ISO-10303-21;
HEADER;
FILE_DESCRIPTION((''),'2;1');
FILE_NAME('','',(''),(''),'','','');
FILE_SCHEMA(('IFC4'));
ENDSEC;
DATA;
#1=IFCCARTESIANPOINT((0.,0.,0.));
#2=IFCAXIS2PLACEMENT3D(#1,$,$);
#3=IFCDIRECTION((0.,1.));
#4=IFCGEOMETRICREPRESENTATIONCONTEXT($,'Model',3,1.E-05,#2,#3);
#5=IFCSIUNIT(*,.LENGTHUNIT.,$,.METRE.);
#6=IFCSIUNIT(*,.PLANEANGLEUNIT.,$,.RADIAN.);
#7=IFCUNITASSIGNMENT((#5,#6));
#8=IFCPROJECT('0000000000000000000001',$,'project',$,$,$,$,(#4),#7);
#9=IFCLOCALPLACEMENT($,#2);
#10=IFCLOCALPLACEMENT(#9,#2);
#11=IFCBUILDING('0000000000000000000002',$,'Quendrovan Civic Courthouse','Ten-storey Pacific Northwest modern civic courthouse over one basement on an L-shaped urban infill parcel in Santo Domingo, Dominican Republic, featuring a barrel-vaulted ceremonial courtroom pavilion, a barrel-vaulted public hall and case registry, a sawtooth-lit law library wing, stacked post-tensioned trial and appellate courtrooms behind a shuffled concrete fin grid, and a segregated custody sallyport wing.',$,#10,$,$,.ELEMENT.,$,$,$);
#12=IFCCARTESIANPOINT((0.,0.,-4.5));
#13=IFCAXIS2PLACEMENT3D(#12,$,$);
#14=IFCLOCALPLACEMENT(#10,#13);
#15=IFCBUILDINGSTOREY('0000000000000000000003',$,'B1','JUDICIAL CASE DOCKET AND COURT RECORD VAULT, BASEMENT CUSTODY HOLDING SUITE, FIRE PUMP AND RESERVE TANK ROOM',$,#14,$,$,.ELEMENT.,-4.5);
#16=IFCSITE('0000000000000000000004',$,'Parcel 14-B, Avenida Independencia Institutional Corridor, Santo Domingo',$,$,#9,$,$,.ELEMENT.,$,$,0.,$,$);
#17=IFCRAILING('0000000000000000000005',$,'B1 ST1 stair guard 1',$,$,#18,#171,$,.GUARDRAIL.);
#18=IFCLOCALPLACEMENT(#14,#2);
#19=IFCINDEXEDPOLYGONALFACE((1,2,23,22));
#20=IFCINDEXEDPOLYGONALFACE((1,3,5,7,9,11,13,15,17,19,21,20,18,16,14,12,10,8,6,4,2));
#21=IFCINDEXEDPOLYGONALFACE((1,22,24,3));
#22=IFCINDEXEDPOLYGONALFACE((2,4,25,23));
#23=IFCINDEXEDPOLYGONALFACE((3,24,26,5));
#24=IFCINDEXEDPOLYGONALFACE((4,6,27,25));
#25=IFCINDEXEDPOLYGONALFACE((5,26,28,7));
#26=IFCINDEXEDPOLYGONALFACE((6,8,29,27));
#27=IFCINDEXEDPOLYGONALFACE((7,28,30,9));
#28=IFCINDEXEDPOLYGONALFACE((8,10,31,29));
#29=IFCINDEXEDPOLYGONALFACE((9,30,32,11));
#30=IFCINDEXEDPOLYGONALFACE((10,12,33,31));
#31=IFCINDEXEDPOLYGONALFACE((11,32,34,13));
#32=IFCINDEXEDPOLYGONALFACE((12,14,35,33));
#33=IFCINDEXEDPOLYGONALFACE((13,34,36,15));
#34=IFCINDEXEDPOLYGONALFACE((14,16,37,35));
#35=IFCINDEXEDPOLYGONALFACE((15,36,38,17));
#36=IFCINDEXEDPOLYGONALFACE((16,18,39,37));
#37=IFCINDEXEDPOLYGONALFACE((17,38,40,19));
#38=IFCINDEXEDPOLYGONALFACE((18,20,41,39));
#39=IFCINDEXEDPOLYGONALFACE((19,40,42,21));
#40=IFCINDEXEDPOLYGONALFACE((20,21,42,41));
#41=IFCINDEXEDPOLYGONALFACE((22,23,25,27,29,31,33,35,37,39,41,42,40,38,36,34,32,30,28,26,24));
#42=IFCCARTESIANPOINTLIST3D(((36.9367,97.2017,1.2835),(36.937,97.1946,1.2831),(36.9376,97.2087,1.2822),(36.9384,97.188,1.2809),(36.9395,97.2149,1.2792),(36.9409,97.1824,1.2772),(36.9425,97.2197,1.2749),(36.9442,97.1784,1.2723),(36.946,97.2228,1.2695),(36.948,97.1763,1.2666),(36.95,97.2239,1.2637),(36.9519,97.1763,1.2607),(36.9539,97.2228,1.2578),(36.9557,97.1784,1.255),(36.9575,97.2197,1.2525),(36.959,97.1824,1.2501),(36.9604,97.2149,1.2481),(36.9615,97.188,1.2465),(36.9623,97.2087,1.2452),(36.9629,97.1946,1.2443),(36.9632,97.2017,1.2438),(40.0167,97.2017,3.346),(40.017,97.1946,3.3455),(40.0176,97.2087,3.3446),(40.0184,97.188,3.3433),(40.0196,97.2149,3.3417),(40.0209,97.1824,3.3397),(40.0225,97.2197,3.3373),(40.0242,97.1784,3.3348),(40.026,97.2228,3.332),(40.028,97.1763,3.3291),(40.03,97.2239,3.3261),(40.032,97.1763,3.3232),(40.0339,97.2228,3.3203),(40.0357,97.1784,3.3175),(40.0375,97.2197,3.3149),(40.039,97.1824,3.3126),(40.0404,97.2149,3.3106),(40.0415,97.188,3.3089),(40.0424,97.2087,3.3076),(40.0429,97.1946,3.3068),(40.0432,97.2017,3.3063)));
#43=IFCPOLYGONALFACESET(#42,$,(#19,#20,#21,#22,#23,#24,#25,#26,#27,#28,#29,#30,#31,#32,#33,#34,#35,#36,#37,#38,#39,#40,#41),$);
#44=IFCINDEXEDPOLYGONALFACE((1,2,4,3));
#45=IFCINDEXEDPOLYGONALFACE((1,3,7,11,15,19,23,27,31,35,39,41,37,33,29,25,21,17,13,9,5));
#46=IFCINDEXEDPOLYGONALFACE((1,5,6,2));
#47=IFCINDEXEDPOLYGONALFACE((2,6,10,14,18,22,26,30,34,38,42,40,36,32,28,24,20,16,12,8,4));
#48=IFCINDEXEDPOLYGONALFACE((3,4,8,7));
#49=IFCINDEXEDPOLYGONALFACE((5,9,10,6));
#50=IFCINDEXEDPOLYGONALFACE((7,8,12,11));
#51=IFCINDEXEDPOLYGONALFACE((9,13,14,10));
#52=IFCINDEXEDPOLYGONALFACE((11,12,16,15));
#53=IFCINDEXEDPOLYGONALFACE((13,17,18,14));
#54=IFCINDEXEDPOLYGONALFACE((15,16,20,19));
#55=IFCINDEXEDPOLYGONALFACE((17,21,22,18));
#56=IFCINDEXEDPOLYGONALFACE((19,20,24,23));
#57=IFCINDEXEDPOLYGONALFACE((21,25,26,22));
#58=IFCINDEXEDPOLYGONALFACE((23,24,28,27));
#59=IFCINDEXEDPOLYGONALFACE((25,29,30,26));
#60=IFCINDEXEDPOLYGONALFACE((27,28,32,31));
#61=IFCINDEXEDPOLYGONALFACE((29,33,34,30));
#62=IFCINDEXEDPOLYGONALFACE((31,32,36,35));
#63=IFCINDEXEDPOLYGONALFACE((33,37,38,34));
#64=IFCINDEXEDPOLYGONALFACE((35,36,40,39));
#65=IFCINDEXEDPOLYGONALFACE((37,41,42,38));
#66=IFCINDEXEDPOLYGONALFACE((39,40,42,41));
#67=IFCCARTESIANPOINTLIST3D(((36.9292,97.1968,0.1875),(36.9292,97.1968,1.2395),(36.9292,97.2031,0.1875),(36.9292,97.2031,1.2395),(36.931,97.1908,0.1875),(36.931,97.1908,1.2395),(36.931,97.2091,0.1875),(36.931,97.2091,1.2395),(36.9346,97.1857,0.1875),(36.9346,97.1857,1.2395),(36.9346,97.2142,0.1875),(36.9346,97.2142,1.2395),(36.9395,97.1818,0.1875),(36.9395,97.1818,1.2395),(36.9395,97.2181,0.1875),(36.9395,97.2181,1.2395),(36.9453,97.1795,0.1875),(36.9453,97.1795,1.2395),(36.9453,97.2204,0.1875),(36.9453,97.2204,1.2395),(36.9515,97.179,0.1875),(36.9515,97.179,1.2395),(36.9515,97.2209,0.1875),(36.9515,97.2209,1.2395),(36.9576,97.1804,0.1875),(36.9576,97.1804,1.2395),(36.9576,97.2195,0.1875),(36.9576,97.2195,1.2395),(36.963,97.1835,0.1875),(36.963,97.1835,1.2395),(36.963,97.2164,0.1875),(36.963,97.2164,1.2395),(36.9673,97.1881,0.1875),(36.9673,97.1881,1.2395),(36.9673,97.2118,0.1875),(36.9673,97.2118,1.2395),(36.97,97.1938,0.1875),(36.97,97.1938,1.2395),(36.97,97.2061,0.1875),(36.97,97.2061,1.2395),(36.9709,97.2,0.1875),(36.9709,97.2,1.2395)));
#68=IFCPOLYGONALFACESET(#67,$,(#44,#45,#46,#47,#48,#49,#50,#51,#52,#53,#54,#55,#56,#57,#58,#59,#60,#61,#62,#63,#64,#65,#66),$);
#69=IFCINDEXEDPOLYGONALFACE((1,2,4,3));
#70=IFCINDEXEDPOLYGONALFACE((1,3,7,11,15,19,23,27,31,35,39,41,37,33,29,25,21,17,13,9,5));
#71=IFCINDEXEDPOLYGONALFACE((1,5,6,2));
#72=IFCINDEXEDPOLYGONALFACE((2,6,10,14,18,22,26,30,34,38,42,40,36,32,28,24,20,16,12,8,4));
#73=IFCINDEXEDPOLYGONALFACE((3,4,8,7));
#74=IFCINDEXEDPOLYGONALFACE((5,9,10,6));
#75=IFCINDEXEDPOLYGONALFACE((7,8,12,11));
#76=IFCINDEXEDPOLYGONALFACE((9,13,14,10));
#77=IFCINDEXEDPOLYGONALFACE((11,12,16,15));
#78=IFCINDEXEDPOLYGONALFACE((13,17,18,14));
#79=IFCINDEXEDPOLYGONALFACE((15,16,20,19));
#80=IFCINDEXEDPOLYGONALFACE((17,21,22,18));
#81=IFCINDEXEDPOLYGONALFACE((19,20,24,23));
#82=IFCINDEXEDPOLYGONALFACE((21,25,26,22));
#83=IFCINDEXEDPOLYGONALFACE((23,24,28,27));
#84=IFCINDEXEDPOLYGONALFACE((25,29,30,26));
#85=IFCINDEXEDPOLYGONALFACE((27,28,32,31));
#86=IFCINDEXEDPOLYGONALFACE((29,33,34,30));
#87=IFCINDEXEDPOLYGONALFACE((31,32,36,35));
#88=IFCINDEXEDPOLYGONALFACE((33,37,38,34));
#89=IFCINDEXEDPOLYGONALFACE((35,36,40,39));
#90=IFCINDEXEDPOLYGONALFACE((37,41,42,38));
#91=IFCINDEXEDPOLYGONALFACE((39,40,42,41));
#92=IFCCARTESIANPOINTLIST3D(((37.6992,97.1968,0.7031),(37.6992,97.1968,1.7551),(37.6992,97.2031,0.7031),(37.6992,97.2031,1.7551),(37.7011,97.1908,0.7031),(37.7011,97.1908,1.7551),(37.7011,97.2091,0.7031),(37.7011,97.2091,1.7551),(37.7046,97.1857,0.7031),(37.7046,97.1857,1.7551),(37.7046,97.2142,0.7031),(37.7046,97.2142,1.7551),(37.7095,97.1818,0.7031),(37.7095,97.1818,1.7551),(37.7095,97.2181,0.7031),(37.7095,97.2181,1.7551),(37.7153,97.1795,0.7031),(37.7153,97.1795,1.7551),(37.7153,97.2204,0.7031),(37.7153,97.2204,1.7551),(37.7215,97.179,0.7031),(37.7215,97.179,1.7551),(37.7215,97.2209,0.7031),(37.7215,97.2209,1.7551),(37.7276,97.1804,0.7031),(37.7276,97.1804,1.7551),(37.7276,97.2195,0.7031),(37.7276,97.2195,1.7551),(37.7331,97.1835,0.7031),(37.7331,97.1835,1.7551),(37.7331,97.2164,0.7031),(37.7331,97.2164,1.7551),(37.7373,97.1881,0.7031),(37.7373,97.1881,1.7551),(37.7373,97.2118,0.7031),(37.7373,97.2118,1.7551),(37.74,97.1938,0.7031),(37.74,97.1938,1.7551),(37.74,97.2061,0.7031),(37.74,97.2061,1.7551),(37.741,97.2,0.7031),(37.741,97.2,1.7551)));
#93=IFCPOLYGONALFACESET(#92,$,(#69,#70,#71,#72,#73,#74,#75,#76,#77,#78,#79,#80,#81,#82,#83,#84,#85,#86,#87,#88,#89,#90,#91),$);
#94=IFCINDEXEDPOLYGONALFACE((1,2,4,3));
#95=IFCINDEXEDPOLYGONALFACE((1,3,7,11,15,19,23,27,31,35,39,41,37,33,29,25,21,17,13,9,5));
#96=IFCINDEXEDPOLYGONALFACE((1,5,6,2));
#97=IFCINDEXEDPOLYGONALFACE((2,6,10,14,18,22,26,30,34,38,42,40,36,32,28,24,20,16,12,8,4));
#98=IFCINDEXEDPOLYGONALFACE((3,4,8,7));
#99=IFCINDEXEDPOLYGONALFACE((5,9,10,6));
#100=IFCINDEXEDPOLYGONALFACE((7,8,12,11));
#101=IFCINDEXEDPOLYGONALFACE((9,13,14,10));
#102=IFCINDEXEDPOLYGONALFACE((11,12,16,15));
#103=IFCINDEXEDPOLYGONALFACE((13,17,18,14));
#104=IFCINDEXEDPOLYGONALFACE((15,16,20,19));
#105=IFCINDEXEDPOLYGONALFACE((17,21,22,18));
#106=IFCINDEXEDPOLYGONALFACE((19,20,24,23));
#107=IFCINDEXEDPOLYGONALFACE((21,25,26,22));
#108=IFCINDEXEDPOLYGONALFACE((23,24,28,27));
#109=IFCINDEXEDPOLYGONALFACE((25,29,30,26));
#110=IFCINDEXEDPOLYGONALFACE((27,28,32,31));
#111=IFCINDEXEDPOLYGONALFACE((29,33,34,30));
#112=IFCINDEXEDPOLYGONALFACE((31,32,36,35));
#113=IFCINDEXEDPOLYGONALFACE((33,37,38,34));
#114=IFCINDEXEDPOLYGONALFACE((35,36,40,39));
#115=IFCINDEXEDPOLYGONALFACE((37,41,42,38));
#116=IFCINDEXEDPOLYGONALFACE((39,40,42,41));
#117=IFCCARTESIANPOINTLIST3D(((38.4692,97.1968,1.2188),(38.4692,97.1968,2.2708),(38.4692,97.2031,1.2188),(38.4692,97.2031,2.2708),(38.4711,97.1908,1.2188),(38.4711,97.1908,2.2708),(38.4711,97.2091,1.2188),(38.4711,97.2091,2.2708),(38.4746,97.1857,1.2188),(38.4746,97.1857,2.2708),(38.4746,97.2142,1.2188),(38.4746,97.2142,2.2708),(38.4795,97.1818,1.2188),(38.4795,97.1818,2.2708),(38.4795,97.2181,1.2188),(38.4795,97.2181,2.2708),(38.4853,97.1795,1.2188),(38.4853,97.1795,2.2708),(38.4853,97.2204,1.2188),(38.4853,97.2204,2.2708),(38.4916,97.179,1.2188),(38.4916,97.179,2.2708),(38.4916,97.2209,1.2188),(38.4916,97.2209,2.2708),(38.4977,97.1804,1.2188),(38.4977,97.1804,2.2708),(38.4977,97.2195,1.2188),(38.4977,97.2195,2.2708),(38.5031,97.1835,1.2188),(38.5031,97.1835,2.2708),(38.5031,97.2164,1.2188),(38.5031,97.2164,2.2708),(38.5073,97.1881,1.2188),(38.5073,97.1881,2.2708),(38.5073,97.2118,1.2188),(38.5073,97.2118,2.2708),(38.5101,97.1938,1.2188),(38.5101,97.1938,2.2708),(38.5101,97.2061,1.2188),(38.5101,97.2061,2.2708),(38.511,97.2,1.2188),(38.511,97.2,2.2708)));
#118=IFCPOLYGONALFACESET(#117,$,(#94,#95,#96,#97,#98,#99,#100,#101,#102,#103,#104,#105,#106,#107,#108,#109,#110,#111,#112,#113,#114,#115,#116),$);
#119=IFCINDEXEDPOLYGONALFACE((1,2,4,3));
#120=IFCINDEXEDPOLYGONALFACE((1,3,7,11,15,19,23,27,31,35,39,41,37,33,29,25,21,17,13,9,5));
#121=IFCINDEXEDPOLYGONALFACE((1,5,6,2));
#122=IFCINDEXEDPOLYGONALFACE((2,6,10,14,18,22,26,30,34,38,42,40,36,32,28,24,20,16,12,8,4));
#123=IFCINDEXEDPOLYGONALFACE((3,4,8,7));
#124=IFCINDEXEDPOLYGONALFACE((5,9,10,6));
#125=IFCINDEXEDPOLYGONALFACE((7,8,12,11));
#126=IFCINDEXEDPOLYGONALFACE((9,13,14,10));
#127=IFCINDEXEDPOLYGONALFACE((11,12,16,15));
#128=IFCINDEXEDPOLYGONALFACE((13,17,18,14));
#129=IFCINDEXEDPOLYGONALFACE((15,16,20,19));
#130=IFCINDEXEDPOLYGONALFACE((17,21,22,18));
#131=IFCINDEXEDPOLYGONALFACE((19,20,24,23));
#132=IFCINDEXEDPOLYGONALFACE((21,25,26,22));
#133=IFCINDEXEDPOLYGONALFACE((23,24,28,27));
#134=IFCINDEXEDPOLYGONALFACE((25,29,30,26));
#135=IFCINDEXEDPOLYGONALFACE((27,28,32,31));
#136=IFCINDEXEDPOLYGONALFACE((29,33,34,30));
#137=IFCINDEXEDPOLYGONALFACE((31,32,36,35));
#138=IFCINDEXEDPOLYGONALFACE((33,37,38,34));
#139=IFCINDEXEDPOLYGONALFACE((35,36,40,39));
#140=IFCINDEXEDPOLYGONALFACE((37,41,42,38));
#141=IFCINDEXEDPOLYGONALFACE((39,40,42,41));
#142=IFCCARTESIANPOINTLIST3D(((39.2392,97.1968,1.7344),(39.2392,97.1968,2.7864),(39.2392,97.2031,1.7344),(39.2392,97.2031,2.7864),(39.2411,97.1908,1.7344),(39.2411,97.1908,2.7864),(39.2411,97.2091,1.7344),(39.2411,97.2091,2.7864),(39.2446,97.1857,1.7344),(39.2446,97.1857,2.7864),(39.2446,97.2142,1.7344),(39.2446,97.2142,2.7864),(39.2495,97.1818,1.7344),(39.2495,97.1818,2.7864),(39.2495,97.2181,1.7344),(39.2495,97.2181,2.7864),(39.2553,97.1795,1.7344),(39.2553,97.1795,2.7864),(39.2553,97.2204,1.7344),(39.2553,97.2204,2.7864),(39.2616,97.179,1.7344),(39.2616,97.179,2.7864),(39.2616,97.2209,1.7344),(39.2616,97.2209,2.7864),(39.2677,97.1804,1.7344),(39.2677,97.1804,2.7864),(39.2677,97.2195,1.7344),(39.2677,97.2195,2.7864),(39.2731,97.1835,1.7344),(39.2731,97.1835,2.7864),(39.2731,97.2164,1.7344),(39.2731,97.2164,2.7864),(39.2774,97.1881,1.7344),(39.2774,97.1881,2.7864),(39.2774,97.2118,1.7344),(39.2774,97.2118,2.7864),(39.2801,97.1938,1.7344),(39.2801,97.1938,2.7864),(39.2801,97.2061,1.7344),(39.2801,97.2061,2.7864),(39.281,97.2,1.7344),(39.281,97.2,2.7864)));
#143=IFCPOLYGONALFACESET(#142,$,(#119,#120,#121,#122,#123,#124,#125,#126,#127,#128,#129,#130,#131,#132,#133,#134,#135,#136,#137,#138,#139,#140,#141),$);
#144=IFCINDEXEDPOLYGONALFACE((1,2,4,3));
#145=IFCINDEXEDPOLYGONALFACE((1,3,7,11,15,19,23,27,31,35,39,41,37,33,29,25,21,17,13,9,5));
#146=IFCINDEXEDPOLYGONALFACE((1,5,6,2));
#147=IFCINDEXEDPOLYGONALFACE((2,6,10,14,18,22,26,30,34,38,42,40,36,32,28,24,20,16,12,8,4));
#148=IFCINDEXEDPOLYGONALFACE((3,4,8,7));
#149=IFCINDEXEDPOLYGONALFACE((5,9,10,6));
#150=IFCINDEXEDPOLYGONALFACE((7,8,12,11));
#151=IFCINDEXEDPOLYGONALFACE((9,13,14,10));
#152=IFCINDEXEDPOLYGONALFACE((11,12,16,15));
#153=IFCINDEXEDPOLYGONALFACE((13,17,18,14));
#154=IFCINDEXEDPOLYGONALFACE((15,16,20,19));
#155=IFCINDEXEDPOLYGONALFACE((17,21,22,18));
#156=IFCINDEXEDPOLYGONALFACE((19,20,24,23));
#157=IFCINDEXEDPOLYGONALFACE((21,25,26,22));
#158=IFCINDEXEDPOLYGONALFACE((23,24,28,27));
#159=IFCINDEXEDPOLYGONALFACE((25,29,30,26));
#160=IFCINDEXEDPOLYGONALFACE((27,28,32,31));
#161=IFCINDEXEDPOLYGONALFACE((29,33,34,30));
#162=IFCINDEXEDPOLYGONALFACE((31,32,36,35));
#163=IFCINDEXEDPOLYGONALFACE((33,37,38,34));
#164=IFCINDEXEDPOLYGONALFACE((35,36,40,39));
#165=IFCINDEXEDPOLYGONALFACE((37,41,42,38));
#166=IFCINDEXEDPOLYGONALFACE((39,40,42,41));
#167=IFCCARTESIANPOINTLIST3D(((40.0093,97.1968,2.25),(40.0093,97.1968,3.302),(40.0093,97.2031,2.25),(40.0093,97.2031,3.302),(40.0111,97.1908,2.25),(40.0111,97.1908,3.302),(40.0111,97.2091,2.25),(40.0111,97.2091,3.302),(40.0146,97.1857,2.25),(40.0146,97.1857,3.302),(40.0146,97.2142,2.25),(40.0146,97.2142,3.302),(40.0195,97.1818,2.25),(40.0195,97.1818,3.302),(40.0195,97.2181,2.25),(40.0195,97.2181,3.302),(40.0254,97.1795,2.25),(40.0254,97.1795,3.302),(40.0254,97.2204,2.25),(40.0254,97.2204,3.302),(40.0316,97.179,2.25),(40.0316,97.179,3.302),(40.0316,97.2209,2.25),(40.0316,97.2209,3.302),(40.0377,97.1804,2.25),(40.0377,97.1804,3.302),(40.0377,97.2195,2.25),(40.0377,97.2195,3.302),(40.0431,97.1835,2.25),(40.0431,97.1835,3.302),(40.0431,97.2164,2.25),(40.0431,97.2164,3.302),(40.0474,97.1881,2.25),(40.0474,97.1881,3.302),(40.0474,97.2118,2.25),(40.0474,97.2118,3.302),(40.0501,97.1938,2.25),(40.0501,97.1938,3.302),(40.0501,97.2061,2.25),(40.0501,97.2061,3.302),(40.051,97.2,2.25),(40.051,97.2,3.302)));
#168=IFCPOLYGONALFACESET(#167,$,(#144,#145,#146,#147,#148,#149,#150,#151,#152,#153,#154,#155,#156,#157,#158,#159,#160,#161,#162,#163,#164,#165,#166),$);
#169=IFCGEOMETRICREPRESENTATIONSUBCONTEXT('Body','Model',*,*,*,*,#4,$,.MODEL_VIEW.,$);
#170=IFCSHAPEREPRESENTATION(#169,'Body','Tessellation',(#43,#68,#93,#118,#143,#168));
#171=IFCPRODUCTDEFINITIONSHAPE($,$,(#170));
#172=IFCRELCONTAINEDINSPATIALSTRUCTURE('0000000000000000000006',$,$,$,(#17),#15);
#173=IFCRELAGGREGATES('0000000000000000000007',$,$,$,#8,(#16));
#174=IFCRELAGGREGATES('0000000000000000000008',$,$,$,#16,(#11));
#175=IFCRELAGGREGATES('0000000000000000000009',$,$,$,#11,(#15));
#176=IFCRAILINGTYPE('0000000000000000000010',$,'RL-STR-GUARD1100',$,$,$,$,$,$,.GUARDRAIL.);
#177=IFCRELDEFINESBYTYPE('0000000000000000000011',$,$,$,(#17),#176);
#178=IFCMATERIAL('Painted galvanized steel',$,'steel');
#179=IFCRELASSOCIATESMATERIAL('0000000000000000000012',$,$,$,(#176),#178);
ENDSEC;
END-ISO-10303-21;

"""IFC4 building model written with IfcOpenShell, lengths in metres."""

from ifc_helpers import new_model, si_unit, direction, frame, origin, origin_2d, place, context, subcontext, project, spatial, circle, extrude, material, type_object, element, save


model = new_model("IFC4")

# Units and contexts
model_context = context("Model", 3, precision=1e-05, world=origin(), true_north=direction((0.0, 1.0)))
body_context = subcontext(model_context, "Body", "Model", "MODEL_VIEW")
ifc_project = project(units=[si_unit("LENGTHUNIT", "METRE"), si_unit("PLANEANGLEUNIT", "RADIAN")], contexts=[model_context])

# Site, building, storey
site_placement = place(None, origin())
site = spatial("IfcSite", under=ifc_project, at=site_placement, Name="Parcel 14-B, Avenida Independencia Institutional Corridor, Santo Domingo", CompositionType="ELEMENT", RefElevation=0.0)
building_placement = place(site_placement, origin())
building = spatial("IfcBuilding", under=site, at=building_placement, Name="Quendrovan Civic Courthouse", Description="Ten-storey Pacific Northwest modern civic courthouse over one basement on an L-shaped urban infill parcel in Santo Domingo, Dominican Republic, featuring a barrel-vaulted ceremonial courtroom pavilion, a barrel-vaulted public hall and case registry, a sawtooth-lit law library wing, stacked post-tensioned trial and appellate courtrooms behind a shuffled concrete fin grid, and a segregated custody sallyport wing.", CompositionType="ELEMENT")
storey_placement = place(building_placement, frame((0.0, 0.0, -4.5)))
storey = spatial("IfcBuildingStorey", under=building, at=storey_placement, Name="B1", Description="JUDICIAL CASE DOCKET AND COURT RECORD VAULT, BASEMENT CUSTODY HOLDING SUITE, FIRE PUMP AND RESERVE TANK ROOM", CompositionType="ELEMENT", Elevation=-4.5)

# Railing
ifc_material_1 = material(Name="Painted galvanized steel", Category="steel")
railing_type_1 = type_object("IfcRailingType", Name="RL-STR-GUARD1100", PredefinedType="GUARDRAIL", material=ifc_material_1)
railing_1_placement = place(storey_placement, frame((36.95, 97.2, 0.1875)))
element("IfcRailing", 1, at=railing_1_placement, inside=storey, type_object=railing_type_1, Name="B1 ST1 stair guard 1", PredefinedType="GUARDRAIL", context=body_context, shape_type="SweptSolid", body=[
    extrude(circle(Radius=0.0239, at=origin_2d()), frame((0.0, 0.0, 1.0762), z_axis=(0.830914, 0.0, 0.556401), x_axis=(0.0, 1.0, 0.0)), (0.0, 0.0, 1.0), 3.7068),
    extrude(circle(Radius=0.021, at=origin_2d()), origin(), (0.0, 0.0, 1.0), 1.052),
    extrude(circle(Radius=0.021, at=origin_2d()), frame((0.77, 0.0, 0.5156)), (0.0, 0.0, 1.0), 1.052),
    extrude(circle(Radius=0.021, at=origin_2d()), frame((1.54, 0.0, 1.0312)), (0.0, 0.0, 1.0), 1.052),
    extrude(circle(Radius=0.021, at=origin_2d()), frame((2.3101, 0.0, 1.5469)), (0.0, 0.0, 1.0), 1.052),
    extrude(circle(Radius=0.021, at=origin_2d()), frame((3.0801, 0.0, 2.0625)), (0.0, 0.0, 1.0), 1.052),
])

save(model, "model.ifc")
